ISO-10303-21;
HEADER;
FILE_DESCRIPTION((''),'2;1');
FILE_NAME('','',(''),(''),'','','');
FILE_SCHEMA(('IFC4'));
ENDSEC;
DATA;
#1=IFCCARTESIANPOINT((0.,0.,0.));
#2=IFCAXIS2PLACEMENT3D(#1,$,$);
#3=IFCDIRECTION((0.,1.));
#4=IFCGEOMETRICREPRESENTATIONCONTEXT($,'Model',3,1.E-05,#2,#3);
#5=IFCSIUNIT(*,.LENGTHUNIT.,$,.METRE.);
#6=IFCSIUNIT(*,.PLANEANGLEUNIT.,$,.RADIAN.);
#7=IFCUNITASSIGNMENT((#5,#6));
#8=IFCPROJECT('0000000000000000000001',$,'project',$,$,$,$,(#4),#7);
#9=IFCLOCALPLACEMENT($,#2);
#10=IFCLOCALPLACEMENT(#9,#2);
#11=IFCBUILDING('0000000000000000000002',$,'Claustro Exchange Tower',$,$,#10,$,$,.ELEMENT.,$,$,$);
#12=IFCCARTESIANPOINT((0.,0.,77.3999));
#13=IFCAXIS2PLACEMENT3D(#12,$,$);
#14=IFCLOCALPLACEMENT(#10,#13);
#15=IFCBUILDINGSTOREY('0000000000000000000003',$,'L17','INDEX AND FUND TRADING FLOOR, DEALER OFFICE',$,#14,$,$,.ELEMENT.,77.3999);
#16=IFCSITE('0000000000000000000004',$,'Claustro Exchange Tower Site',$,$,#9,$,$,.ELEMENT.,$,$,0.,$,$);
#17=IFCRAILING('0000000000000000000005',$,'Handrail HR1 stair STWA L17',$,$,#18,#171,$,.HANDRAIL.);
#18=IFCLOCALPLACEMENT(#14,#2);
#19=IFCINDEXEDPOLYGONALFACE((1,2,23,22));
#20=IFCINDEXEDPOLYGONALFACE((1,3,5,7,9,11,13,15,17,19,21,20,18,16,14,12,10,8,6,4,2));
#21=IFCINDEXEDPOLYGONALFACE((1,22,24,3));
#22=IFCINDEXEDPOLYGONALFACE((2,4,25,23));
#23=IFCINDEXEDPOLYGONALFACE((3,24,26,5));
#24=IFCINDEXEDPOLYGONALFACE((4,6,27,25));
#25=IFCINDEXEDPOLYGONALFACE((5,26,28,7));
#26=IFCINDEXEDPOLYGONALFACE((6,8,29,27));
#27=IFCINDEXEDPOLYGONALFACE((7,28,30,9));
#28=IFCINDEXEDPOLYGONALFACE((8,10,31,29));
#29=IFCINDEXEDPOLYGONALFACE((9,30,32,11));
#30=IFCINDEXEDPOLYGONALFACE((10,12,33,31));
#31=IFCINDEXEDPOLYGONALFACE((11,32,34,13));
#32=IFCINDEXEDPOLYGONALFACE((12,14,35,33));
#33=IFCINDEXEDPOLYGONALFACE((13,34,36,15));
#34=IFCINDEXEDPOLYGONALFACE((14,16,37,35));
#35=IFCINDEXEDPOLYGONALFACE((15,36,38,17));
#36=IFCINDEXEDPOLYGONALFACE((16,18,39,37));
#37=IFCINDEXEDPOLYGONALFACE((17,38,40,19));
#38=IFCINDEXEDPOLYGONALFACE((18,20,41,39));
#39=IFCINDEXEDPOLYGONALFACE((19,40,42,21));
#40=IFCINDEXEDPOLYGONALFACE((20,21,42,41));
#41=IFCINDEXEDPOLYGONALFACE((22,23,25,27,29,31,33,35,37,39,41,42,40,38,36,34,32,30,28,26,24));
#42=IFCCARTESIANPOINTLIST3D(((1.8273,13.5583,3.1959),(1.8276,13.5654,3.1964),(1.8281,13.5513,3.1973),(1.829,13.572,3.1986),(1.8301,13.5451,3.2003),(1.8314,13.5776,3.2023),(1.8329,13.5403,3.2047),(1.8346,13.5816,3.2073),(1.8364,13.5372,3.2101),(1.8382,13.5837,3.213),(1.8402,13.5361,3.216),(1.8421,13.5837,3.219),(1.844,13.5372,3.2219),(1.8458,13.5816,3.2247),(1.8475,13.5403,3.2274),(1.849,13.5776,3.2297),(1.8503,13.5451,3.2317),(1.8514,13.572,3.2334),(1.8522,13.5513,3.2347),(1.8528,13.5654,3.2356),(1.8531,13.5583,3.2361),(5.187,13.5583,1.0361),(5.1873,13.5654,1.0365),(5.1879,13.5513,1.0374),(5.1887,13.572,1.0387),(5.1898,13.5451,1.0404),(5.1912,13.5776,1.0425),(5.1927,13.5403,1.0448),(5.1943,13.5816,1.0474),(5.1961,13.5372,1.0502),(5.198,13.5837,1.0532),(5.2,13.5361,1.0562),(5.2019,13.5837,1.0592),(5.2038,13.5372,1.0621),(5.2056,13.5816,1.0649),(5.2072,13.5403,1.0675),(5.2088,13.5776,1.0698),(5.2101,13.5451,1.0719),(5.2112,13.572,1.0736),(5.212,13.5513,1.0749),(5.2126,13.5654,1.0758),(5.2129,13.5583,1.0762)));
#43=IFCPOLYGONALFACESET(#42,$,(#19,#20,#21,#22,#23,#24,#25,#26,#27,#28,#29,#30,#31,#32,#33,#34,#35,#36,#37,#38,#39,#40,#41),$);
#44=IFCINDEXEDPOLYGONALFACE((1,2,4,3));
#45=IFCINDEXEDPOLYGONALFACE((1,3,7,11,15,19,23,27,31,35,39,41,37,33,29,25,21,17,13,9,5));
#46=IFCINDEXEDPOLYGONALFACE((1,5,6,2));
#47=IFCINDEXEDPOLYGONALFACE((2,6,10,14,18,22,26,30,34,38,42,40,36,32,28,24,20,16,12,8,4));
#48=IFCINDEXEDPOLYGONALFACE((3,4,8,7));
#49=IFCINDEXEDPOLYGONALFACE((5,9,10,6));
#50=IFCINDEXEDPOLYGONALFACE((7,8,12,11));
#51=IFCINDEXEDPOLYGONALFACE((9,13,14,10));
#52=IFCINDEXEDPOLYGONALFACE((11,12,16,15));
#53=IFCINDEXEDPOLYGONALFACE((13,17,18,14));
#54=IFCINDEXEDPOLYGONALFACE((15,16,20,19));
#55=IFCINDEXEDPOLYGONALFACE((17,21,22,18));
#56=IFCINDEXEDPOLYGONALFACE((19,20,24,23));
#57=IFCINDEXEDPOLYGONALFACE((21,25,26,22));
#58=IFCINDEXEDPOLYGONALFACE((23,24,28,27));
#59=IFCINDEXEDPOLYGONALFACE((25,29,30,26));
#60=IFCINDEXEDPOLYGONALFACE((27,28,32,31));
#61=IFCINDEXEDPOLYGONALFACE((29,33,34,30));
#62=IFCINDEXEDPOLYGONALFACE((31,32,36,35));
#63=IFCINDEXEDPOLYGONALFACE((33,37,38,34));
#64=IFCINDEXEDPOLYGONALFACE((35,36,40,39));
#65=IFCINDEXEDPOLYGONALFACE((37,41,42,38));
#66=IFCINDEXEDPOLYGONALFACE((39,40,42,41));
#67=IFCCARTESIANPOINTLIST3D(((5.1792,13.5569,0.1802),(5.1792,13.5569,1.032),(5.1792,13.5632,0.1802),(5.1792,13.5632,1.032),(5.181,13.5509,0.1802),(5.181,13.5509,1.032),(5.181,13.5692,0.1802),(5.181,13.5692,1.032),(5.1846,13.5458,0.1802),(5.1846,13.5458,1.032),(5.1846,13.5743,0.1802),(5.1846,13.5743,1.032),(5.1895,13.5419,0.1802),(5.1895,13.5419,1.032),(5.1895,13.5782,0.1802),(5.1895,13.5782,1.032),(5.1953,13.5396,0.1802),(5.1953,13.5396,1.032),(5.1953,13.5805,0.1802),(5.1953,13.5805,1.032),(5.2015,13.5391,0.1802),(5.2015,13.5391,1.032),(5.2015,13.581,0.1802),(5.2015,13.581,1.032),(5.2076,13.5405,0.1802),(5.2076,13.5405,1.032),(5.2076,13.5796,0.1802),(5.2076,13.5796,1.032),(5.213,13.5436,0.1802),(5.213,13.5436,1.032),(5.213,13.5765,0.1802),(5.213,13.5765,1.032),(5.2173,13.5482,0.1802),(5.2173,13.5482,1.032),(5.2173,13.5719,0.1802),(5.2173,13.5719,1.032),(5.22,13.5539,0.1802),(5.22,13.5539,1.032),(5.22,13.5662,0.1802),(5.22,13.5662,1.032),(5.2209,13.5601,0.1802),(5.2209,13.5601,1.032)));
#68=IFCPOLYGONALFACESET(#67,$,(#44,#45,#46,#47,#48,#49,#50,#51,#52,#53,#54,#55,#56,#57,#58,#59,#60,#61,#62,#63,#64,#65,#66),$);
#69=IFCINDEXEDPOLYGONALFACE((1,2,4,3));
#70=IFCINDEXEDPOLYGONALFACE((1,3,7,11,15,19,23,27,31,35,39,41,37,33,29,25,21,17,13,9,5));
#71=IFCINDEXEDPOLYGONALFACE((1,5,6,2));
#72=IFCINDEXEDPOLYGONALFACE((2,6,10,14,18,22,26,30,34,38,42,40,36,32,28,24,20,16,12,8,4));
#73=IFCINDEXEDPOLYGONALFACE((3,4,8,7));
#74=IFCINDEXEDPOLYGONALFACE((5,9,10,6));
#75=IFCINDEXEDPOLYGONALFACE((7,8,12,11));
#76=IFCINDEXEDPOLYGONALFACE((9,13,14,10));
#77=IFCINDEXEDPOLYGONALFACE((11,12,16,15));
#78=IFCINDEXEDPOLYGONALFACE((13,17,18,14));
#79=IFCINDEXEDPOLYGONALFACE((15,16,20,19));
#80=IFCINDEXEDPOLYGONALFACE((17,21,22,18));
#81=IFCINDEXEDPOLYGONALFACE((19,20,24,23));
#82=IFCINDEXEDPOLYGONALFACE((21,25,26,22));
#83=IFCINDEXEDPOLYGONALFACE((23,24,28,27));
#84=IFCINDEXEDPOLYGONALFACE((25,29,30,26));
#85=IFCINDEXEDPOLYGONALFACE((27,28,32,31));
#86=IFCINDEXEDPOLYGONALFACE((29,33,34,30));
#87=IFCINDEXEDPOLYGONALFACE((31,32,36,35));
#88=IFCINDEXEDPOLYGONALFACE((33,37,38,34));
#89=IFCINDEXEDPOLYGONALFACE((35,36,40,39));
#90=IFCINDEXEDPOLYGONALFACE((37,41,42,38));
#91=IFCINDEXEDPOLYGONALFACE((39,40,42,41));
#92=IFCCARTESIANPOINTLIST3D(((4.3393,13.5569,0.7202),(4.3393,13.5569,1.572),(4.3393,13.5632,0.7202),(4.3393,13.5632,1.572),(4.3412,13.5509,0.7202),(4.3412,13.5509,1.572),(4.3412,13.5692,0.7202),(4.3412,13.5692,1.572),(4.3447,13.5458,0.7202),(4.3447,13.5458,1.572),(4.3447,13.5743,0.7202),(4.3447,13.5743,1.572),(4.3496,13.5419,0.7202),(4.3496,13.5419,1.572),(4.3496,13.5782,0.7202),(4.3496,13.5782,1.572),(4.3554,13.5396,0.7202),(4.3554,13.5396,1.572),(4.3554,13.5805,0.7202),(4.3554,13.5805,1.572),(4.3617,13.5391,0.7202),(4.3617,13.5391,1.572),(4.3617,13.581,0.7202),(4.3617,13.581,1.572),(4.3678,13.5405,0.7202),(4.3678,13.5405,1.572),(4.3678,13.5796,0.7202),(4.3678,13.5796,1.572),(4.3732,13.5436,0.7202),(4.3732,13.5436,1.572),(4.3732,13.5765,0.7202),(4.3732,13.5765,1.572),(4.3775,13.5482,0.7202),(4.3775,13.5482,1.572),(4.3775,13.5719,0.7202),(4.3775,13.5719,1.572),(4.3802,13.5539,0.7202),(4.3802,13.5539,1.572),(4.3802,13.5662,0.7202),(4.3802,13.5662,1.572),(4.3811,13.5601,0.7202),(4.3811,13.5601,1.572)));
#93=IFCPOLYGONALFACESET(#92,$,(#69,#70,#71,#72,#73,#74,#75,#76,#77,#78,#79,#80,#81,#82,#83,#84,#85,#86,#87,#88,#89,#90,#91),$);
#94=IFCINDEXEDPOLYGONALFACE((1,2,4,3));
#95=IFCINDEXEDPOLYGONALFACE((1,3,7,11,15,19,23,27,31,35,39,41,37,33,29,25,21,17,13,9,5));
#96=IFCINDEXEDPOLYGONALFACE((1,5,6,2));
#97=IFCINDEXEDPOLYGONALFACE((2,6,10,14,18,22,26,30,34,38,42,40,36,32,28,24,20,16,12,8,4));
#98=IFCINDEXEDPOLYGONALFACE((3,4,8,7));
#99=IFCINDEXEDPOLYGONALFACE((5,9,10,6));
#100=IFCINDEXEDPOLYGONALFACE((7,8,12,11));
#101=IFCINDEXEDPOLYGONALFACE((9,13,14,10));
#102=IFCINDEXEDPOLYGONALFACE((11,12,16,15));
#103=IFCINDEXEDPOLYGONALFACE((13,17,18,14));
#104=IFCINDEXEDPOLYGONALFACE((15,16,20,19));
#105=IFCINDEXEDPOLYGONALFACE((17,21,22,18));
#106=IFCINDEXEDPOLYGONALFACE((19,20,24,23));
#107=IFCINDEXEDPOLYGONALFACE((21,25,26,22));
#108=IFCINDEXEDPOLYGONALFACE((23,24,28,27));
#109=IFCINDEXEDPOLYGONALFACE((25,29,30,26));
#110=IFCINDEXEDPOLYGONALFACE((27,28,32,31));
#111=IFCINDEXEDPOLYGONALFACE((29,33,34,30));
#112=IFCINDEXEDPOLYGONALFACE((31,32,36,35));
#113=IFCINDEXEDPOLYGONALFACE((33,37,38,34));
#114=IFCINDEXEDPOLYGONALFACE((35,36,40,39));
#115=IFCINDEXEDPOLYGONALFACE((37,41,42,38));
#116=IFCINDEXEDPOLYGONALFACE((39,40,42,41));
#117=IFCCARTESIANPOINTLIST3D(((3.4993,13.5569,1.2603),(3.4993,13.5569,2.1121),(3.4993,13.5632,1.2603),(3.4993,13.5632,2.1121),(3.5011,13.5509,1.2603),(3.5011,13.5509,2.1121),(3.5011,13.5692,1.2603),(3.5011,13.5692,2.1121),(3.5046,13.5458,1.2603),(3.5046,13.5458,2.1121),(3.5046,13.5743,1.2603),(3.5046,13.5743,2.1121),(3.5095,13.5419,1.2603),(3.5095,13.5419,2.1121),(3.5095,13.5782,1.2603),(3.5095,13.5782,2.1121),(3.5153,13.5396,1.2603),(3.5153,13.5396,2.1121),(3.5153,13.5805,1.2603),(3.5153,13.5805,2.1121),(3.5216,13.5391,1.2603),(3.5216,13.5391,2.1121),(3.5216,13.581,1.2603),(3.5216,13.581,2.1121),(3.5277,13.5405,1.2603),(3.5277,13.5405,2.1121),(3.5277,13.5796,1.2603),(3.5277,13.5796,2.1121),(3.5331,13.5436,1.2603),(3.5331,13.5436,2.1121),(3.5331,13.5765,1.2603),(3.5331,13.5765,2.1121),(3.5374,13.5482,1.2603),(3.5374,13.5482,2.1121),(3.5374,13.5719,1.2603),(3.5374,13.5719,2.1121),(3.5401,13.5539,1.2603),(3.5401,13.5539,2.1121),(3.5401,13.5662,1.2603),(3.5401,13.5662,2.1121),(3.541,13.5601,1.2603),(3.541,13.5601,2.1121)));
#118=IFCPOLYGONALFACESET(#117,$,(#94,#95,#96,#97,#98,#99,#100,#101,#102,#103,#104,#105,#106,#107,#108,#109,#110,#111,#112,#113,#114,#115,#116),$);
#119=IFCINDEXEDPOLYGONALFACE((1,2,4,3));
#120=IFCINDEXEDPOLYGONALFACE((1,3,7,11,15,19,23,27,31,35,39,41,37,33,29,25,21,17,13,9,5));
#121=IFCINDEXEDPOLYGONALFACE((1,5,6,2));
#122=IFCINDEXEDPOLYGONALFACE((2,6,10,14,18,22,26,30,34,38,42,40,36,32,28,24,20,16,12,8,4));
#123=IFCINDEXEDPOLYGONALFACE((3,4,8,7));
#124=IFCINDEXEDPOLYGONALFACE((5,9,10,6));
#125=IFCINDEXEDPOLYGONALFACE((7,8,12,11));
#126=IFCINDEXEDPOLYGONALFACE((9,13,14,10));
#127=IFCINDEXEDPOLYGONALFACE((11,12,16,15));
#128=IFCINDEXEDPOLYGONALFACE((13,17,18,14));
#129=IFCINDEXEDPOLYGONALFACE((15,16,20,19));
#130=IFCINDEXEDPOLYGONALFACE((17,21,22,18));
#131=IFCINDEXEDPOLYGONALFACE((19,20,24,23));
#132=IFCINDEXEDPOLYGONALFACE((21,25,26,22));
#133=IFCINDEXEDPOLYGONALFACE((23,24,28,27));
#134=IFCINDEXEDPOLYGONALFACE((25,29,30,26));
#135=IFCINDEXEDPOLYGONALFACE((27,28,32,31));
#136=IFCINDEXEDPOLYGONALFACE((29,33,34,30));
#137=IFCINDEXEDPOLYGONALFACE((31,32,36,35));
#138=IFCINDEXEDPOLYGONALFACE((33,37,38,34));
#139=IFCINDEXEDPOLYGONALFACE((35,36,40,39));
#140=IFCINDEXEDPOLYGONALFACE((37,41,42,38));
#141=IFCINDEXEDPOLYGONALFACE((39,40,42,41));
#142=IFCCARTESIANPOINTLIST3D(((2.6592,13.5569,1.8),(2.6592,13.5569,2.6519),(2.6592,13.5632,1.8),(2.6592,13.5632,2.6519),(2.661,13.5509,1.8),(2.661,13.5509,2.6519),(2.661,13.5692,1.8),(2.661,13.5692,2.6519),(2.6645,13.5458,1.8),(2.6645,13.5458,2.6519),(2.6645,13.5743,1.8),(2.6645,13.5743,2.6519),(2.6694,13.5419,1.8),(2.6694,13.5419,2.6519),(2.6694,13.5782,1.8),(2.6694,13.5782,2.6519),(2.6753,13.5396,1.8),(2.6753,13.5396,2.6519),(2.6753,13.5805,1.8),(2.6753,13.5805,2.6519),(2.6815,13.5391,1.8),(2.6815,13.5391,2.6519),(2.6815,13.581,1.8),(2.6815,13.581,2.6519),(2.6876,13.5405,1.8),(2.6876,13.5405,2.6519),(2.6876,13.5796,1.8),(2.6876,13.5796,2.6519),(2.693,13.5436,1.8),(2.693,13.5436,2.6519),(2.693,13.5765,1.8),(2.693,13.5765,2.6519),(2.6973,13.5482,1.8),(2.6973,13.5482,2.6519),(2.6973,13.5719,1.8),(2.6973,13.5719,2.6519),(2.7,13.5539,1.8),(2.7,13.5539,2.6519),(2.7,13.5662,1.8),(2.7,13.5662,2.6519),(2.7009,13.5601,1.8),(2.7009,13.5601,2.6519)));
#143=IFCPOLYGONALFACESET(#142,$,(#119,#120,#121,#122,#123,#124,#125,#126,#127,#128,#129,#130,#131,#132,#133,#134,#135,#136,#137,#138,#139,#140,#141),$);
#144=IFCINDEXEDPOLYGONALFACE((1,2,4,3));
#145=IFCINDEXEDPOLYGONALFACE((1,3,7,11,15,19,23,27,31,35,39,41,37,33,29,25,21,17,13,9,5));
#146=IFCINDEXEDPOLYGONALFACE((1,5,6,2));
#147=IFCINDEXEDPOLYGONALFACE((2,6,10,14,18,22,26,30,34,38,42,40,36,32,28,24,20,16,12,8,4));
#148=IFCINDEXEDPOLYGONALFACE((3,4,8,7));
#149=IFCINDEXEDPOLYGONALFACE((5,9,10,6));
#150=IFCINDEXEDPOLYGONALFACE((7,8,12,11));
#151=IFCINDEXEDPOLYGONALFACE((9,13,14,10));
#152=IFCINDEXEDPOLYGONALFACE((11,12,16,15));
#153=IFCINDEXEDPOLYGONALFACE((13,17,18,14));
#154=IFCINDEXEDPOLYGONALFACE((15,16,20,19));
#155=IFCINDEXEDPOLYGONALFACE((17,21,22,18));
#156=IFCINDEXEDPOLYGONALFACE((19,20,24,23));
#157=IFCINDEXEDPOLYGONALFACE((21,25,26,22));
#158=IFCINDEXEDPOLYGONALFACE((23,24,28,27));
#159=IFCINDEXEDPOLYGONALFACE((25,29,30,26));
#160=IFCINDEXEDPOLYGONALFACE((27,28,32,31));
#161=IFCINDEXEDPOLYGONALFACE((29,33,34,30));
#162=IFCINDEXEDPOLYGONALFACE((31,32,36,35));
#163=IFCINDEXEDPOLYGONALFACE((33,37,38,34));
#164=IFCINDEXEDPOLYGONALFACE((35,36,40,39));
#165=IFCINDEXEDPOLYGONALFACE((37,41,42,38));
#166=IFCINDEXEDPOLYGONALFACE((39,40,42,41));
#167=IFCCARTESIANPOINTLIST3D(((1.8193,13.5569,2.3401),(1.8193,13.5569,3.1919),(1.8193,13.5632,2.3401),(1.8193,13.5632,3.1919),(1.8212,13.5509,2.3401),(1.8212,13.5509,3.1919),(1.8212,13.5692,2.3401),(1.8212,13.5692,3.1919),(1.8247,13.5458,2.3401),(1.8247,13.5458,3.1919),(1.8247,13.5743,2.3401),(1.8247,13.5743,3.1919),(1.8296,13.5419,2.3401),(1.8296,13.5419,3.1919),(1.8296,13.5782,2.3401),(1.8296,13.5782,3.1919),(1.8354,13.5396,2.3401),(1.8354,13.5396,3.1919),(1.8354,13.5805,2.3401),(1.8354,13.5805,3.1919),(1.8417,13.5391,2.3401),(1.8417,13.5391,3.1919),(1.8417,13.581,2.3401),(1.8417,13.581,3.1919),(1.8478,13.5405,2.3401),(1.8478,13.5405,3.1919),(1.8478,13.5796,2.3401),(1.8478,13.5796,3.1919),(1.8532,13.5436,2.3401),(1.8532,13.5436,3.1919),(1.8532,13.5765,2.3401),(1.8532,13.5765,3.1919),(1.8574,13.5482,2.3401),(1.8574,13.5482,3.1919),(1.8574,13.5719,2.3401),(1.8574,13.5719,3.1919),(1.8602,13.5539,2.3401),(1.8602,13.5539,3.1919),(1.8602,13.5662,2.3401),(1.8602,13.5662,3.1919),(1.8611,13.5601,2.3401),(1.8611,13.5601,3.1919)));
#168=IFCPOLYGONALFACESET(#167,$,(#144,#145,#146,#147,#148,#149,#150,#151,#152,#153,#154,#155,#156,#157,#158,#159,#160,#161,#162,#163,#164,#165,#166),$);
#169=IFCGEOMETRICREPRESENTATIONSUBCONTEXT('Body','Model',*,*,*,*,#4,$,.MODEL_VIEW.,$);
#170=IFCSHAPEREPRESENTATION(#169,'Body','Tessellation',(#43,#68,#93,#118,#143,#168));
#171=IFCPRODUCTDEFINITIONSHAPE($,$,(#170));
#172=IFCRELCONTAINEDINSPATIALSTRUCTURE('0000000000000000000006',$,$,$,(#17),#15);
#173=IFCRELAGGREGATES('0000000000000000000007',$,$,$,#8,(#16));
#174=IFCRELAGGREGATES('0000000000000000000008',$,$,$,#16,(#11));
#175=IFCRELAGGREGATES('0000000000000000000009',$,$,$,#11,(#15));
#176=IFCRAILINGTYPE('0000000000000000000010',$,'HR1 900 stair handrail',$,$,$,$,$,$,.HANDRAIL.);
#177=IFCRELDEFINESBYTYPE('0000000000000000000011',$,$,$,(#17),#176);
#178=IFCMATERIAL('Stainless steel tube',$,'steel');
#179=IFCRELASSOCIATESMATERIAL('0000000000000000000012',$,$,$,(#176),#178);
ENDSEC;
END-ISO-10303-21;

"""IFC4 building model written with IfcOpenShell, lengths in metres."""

from ifc_helpers import new_model, si_unit, direction, frame, origin, origin_2d, place, context, subcontext, project, spatial, circle, extrude, material, type_object, element, save


model = new_model("IFC4")

# Units and contexts
model_context = context("Model", 3, precision=1e-05, world=origin(), true_north=direction((0.0, 1.0)))
body_context = subcontext(model_context, "Body", "Model", "MODEL_VIEW")
ifc_project = project(units=[si_unit("LENGTHUNIT", "METRE"), si_unit("PLANEANGLEUNIT", "RADIAN")], contexts=[model_context])

# Site, building, storey
site_placement = place(None, origin())
site = spatial("IfcSite", under=ifc_project, at=site_placement, Name="Claustro Exchange Tower Site", CompositionType="ELEMENT", RefElevation=0.0)
building_placement = place(site_placement, origin())
building = spatial("IfcBuilding", under=site, at=building_placement, Name="Claustro Exchange Tower", CompositionType="ELEMENT")
storey_placement = place(building_placement, frame((0.0, 0.0, 77.3999)))
storey = spatial("IfcBuildingStorey", under=building, at=storey_placement, Name="L17", Description="INDEX AND FUND TRADING FLOOR, DEALER OFFICE", CompositionType="ELEMENT", Elevation=77.3999)

# Railing
ifc_material_1 = material(Name="Stainless steel tube", Category="steel")
railing_type_1 = type_object("IfcRailingType", Name="HR1 900 stair handrail", PredefinedType="HANDRAIL", material=ifc_material_1)
railing_1_placement = place(storey_placement, frame((5.2, 13.5601, 0.1802)))
element("IfcRailing", 1, at=railing_1_placement, inside=storey, type_object=railing_type_1, Name="Handrail HR1 stair STWA L17", PredefinedType="HANDRAIL", context=body_context, shape_type="SweptSolid", body=[
    extrude(circle(Radius=0.0239, at=origin_2d()), frame((0.0, 0.0, 0.876), z_axis=(-0.841178, 0.0, 0.540758), x_axis=(0.0, -1.0, 0.0)), (0.0, 0.0, 1.0), 3.9941),
    extrude(circle(Radius=0.021, at=origin_2d()), origin(), (0.0, 0.0, 1.0), 0.8518),
    extrude(circle(Radius=0.021, at=origin_2d()), frame((-0.8398, 0.0, 0.54)), (0.0, 0.0, 1.0), 0.8518),
    extrude(circle(Radius=0.021, at=origin_2d()), frame((-1.6799, 0.0, 1.0801)), (0.0, 0.0, 1.0), 0.8518),
    extrude(circle(Radius=0.021, at=origin_2d()), frame((-2.52, 0.0, 1.6199)), (0.0, 0.0, 1.0), 0.8518),
    extrude(circle(Radius=0.021, at=origin_2d()), frame((-3.3599, 0.0, 2.1599)), (0.0, 0.0, 1.0), 0.8518),
])

save(model, "model.ifc")
